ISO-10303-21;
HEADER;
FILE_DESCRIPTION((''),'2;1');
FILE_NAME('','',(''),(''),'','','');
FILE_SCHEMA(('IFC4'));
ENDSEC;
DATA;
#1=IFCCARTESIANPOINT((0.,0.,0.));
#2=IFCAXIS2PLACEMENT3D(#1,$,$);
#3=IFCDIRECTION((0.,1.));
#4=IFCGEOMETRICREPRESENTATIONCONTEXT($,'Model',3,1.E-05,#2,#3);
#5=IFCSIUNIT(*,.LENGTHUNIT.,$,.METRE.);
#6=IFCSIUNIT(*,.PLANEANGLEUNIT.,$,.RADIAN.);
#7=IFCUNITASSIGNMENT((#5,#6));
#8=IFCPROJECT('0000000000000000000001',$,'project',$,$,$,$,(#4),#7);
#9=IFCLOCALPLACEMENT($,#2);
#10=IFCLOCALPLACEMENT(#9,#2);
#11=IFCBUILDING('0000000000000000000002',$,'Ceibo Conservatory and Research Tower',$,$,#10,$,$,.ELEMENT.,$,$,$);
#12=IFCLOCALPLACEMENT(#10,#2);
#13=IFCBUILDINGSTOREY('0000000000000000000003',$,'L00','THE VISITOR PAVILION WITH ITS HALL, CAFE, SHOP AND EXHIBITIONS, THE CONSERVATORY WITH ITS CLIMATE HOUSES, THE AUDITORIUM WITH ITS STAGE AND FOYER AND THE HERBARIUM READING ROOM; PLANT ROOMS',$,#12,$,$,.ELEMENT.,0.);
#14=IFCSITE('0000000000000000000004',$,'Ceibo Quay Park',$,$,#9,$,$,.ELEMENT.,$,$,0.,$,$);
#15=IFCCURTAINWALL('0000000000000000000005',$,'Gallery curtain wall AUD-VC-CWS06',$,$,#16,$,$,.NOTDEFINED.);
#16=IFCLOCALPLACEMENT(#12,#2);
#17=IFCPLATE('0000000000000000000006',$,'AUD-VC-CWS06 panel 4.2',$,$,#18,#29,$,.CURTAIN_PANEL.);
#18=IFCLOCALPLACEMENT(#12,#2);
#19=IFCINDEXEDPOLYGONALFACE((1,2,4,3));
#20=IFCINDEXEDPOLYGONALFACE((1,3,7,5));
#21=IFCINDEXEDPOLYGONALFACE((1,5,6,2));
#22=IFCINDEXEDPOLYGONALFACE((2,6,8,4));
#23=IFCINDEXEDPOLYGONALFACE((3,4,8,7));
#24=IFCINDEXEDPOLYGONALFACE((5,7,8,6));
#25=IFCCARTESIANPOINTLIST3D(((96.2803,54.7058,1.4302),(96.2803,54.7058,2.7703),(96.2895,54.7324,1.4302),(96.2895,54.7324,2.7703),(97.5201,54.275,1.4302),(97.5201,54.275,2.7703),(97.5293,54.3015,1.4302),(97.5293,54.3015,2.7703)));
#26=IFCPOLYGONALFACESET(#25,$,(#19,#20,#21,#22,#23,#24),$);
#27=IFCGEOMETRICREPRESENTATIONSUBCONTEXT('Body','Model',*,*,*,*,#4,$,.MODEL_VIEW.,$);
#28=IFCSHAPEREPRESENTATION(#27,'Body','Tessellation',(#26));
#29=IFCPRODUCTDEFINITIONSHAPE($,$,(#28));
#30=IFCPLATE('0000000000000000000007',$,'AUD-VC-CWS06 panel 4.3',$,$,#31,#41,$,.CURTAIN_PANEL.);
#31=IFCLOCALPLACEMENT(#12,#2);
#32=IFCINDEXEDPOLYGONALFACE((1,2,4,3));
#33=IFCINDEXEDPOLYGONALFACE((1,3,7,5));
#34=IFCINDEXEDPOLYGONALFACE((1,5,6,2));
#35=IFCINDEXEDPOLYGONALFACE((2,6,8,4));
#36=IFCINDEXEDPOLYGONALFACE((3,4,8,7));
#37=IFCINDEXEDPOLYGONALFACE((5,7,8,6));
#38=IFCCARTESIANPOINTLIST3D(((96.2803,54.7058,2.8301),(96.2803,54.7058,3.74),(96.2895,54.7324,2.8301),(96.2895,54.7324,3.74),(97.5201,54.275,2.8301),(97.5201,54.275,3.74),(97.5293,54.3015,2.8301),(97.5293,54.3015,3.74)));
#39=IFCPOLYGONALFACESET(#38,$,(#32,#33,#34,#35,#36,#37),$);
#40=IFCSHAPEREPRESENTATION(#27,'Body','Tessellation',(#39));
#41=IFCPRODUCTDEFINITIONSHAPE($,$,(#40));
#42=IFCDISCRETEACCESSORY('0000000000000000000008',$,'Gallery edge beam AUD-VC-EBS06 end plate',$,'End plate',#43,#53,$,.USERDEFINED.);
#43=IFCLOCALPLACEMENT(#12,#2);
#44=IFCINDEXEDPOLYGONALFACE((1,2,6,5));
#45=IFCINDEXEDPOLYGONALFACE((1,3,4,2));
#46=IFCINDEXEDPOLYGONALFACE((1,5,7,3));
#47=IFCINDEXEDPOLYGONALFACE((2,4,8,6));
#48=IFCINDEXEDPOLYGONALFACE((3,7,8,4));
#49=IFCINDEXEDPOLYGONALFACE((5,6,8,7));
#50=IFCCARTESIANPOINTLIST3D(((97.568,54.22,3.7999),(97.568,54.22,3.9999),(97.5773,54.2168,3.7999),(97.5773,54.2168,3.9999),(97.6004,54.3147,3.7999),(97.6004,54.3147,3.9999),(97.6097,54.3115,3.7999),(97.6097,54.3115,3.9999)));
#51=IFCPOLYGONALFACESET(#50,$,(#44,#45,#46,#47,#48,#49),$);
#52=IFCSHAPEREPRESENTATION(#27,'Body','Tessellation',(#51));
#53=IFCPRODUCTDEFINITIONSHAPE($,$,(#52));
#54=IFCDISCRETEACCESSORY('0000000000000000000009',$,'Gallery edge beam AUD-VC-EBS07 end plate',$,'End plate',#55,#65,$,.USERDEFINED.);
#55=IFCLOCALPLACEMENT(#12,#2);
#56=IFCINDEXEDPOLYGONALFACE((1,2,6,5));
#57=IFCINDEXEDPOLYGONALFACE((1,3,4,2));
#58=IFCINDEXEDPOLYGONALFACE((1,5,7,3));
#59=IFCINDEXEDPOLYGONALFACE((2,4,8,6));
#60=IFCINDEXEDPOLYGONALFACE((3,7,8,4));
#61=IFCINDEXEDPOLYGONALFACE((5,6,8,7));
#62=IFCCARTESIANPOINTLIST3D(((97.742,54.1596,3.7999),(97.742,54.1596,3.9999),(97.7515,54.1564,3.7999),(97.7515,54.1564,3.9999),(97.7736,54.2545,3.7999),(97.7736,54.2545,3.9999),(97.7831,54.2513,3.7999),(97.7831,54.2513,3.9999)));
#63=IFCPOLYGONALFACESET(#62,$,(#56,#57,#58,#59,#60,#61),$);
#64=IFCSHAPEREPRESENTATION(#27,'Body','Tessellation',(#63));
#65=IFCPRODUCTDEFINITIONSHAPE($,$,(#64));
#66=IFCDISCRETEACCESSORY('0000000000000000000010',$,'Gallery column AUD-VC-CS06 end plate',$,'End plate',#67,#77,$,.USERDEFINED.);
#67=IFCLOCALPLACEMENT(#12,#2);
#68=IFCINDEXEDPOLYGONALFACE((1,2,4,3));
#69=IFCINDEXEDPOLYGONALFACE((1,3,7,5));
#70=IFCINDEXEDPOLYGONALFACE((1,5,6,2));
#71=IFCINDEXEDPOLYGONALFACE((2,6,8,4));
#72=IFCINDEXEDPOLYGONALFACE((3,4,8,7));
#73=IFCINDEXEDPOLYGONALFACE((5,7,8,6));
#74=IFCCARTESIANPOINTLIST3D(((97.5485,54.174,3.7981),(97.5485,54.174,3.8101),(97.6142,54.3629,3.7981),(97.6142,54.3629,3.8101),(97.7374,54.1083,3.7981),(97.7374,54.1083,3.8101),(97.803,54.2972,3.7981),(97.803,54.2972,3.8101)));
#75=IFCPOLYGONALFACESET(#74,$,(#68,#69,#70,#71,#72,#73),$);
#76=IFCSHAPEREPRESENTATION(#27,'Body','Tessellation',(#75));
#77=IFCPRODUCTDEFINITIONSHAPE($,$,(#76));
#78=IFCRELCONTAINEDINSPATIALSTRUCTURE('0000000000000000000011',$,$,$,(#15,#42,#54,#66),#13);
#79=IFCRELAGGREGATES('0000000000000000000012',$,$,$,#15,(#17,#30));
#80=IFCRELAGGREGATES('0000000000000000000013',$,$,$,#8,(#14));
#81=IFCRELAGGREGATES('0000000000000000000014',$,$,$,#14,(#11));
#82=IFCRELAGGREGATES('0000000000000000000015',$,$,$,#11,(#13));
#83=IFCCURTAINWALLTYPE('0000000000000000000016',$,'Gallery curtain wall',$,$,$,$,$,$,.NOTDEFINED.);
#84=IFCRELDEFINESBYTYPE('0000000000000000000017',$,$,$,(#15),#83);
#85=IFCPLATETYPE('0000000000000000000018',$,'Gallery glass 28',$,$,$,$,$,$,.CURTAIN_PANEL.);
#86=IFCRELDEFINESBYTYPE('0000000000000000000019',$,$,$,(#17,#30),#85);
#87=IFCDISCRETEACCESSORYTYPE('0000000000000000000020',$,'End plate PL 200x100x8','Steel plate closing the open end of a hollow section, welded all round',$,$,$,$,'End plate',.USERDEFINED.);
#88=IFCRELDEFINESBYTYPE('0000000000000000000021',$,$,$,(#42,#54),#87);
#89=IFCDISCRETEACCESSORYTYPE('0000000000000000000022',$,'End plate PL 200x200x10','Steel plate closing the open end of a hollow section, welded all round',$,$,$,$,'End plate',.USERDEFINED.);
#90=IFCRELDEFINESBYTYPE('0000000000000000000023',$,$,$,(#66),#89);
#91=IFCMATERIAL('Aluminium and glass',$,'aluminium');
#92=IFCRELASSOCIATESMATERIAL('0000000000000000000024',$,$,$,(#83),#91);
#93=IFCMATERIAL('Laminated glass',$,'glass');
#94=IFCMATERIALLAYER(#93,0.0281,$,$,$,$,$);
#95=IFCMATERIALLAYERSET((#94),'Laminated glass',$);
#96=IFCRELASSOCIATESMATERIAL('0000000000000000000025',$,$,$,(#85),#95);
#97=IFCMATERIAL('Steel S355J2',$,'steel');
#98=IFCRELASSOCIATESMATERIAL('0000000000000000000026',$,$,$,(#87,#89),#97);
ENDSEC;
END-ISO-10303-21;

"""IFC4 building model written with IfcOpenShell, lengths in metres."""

from ifc_helpers import new_model, si_unit, direction, frame, origin, origin_2d, place, context, subcontext, project, spatial, rectangle, extrude, material, layer, layer_set, material_profile, profile_set, type_object, element, aggregate, save


model = new_model("IFC4")

# Units and contexts
model_context = context("Model", 3, precision=1e-05, world=origin(), true_north=direction((0.0, 1.0)))
body_context = subcontext(model_context, "Body", "Model", "MODEL_VIEW")
ifc_project = project(units=[si_unit("LENGTHUNIT", "METRE"), si_unit("PLANEANGLEUNIT", "RADIAN")], contexts=[model_context])

# Site, building, storey
site_placement = place(None, origin())
site = spatial("IfcSite", under=ifc_project, at=site_placement, Name="Ceibo Quay Park", CompositionType="ELEMENT", RefElevation=0.0)
building_placement = place(site_placement, origin())
building = spatial("IfcBuilding", under=site, at=building_placement, Name="Ceibo Conservatory and Research Tower", CompositionType="ELEMENT")
storey_placement = place(building_placement, origin())
storey = spatial("IfcBuildingStorey", under=building, at=storey_placement, Name="L00", Description="THE VISITOR PAVILION WITH ITS HALL, CAFE, SHOP AND EXHIBITIONS, THE CONSERVATORY WITH ITS CLIMATE HOUSES, THE AUDITORIUM WITH ITS STAGE AND FOYER AND THE HERBARIUM READING ROOM; PLANT ROOMS", CompositionType="ELEMENT", Elevation=0.0)

# Curtain wall
ifc_material_1 = material(Name="Aluminium and glass", Category="aluminium")
curtain_wall_type = type_object("IfcCurtainWallType", Name="Gallery curtain wall", PredefinedType="NOTDEFINED", material=ifc_material_1)
curtain_wall_1_placement = place(storey_placement, origin())
curtain_wall_1 = element("IfcCurtainWall", 1, at=curtain_wall_1_placement, inside=storey, type_object=curtain_wall_type, Name="Gallery curtain wall AUD-VC-CWS06", PredefinedType="NOTDEFINED")

# Plates
ifc_material_2 = material(Name="Laminated glass", Category="glass")
ifc_layer = layer(ifc_material_2, 0.0281)
ifc_layer_set = layer_set([ifc_layer], Name="Laminated glass")
plate_type = type_object("IfcPlateType", Name="Gallery glass 28", PredefinedType="CURTAIN_PANEL", material=ifc_layer_set)
plate_1_placement = place(storey_placement, frame((96.9048, 54.5037, 1.4302), z_axis=(0.0, 0.0, 1.0), x_axis=(0.944579, -0.328284, 0.0)))
plate_1 = element("IfcPlate", 2, at=plate_1_placement, type_object=plate_type, Name="AUD-VC-CWS06 panel 4.2", PredefinedType="CURTAIN_PANEL", context=body_context, shape_type="SweptSolid", body=[
    extrude(rectangle(XDim=1.3125, YDim=0.0281, at=origin_2d()), origin(), (0.0, 0.0, 1.0), 1.3401),
])
plate_2_placement = place(storey_placement, frame((96.9048, 54.5037, 2.8301), z_axis=(0.0, 0.0, 1.0), x_axis=(0.944579, -0.328284, 0.0)))
plate_2 = element("IfcPlate", 3, at=plate_2_placement, type_object=plate_type, Name="AUD-VC-CWS06 panel 4.3", PredefinedType="CURTAIN_PANEL", context=body_context, shape_type="SweptSolid", body=[
    extrude(rectangle(XDim=1.3125, YDim=0.0281, at=origin_2d()), origin(), (0.0, 0.0, 1.0), 0.9099),
])
aggregate(curtain_wall_1, [plate_1, plate_2])

# Discrete accessories
ifc_material_3 = material(Name="Steel S355J2", Category="steel")
ifc_material_profile_1 = material_profile(ifc_material_3, rectangle(XDim=0.1001, YDim=0.2, at=origin_2d()), Name="End plate PL 200x100x8")
ifc_profile_set_1 = profile_set([ifc_material_profile_1], Name="Steel S355J2")
discrete_accessory_type_1 = type_object("IfcDiscreteAccessoryType", Name="End plate PL 200x100x8", Description="Steel plate closing the open end of a hollow section, welded all round", ElementType="End plate", PredefinedType="USERDEFINED", material=ifc_profile_set_1)
discrete_accessory_1_placement = place(storey_placement, frame((97.5842, 54.2673, 3.8999), z_axis=(0.946164, -0.323688, 0.0), x_axis=(0.323688, 0.946164, 0.0)))
element("IfcDiscreteAccessory", 4, at=discrete_accessory_1_placement, inside=storey, type_object=discrete_accessory_type_1, Name="Gallery edge beam AUD-VC-EBS06 end plate", ObjectType="End plate", PredefinedType="USERDEFINED", context=body_context, shape_type="SweptSolid", body=[
    extrude(rectangle(XDim=0.1001, YDim=0.2, at=origin_2d()), origin(), (0.0, 0.0, 1.0), 0.0098),
])
discrete_accessory_2_placement = place(storey_placement, frame((97.7578, 54.207, 3.8999), z_axis=(0.948683, -0.316228, 0.0), x_axis=(0.316228, 0.948683, 0.0)))
element("IfcDiscreteAccessory", 5, at=discrete_accessory_2_placement, inside=storey, type_object=discrete_accessory_type_1, Name="Gallery edge beam AUD-VC-EBS07 end plate", ObjectType="End plate", PredefinedType="USERDEFINED", context=body_context, shape_type="SweptSolid", body=[
    extrude(rectangle(XDim=0.1001, YDim=0.2, at=origin_2d()), origin(), (0.0, 0.0, 1.0), 0.01),
])
ifc_material_profile_2 = material_profile(ifc_material_3, rectangle(XDim=0.2, YDim=0.2, at=origin_2d()), Name="End plate PL 200x200x10")
ifc_profile_set_2 = profile_set([ifc_material_profile_2], Name="Steel S355J2")
discrete_accessory_type_2 = type_object("IfcDiscreteAccessoryType", Name="End plate PL 200x200x10", Description="Steel plate closing the open end of a hollow section, welded all round", ElementType="End plate", PredefinedType="USERDEFINED", material=ifc_profile_set_2)
discrete_accessory_3_placement = place(storey_placement, frame((97.6758, 54.2356, 3.7981), z_axis=(0.0, 0.0, 1.0), x_axis=(0.944579, -0.328284, 0.0)))
element("IfcDiscreteAccessory", 6, at=discrete_accessory_3_placement, inside=storey, type_object=discrete_accessory_type_2, Name="Gallery column AUD-VC-CS06 end plate", ObjectType="End plate", PredefinedType="USERDEFINED", context=body_context, shape_type="SweptSolid", body=[
    extrude(rectangle(XDim=0.2, YDim=0.2, at=origin_2d()), origin(), (0.0, 0.0, 1.0), 0.012),
])

save(model, "model.ifc")
